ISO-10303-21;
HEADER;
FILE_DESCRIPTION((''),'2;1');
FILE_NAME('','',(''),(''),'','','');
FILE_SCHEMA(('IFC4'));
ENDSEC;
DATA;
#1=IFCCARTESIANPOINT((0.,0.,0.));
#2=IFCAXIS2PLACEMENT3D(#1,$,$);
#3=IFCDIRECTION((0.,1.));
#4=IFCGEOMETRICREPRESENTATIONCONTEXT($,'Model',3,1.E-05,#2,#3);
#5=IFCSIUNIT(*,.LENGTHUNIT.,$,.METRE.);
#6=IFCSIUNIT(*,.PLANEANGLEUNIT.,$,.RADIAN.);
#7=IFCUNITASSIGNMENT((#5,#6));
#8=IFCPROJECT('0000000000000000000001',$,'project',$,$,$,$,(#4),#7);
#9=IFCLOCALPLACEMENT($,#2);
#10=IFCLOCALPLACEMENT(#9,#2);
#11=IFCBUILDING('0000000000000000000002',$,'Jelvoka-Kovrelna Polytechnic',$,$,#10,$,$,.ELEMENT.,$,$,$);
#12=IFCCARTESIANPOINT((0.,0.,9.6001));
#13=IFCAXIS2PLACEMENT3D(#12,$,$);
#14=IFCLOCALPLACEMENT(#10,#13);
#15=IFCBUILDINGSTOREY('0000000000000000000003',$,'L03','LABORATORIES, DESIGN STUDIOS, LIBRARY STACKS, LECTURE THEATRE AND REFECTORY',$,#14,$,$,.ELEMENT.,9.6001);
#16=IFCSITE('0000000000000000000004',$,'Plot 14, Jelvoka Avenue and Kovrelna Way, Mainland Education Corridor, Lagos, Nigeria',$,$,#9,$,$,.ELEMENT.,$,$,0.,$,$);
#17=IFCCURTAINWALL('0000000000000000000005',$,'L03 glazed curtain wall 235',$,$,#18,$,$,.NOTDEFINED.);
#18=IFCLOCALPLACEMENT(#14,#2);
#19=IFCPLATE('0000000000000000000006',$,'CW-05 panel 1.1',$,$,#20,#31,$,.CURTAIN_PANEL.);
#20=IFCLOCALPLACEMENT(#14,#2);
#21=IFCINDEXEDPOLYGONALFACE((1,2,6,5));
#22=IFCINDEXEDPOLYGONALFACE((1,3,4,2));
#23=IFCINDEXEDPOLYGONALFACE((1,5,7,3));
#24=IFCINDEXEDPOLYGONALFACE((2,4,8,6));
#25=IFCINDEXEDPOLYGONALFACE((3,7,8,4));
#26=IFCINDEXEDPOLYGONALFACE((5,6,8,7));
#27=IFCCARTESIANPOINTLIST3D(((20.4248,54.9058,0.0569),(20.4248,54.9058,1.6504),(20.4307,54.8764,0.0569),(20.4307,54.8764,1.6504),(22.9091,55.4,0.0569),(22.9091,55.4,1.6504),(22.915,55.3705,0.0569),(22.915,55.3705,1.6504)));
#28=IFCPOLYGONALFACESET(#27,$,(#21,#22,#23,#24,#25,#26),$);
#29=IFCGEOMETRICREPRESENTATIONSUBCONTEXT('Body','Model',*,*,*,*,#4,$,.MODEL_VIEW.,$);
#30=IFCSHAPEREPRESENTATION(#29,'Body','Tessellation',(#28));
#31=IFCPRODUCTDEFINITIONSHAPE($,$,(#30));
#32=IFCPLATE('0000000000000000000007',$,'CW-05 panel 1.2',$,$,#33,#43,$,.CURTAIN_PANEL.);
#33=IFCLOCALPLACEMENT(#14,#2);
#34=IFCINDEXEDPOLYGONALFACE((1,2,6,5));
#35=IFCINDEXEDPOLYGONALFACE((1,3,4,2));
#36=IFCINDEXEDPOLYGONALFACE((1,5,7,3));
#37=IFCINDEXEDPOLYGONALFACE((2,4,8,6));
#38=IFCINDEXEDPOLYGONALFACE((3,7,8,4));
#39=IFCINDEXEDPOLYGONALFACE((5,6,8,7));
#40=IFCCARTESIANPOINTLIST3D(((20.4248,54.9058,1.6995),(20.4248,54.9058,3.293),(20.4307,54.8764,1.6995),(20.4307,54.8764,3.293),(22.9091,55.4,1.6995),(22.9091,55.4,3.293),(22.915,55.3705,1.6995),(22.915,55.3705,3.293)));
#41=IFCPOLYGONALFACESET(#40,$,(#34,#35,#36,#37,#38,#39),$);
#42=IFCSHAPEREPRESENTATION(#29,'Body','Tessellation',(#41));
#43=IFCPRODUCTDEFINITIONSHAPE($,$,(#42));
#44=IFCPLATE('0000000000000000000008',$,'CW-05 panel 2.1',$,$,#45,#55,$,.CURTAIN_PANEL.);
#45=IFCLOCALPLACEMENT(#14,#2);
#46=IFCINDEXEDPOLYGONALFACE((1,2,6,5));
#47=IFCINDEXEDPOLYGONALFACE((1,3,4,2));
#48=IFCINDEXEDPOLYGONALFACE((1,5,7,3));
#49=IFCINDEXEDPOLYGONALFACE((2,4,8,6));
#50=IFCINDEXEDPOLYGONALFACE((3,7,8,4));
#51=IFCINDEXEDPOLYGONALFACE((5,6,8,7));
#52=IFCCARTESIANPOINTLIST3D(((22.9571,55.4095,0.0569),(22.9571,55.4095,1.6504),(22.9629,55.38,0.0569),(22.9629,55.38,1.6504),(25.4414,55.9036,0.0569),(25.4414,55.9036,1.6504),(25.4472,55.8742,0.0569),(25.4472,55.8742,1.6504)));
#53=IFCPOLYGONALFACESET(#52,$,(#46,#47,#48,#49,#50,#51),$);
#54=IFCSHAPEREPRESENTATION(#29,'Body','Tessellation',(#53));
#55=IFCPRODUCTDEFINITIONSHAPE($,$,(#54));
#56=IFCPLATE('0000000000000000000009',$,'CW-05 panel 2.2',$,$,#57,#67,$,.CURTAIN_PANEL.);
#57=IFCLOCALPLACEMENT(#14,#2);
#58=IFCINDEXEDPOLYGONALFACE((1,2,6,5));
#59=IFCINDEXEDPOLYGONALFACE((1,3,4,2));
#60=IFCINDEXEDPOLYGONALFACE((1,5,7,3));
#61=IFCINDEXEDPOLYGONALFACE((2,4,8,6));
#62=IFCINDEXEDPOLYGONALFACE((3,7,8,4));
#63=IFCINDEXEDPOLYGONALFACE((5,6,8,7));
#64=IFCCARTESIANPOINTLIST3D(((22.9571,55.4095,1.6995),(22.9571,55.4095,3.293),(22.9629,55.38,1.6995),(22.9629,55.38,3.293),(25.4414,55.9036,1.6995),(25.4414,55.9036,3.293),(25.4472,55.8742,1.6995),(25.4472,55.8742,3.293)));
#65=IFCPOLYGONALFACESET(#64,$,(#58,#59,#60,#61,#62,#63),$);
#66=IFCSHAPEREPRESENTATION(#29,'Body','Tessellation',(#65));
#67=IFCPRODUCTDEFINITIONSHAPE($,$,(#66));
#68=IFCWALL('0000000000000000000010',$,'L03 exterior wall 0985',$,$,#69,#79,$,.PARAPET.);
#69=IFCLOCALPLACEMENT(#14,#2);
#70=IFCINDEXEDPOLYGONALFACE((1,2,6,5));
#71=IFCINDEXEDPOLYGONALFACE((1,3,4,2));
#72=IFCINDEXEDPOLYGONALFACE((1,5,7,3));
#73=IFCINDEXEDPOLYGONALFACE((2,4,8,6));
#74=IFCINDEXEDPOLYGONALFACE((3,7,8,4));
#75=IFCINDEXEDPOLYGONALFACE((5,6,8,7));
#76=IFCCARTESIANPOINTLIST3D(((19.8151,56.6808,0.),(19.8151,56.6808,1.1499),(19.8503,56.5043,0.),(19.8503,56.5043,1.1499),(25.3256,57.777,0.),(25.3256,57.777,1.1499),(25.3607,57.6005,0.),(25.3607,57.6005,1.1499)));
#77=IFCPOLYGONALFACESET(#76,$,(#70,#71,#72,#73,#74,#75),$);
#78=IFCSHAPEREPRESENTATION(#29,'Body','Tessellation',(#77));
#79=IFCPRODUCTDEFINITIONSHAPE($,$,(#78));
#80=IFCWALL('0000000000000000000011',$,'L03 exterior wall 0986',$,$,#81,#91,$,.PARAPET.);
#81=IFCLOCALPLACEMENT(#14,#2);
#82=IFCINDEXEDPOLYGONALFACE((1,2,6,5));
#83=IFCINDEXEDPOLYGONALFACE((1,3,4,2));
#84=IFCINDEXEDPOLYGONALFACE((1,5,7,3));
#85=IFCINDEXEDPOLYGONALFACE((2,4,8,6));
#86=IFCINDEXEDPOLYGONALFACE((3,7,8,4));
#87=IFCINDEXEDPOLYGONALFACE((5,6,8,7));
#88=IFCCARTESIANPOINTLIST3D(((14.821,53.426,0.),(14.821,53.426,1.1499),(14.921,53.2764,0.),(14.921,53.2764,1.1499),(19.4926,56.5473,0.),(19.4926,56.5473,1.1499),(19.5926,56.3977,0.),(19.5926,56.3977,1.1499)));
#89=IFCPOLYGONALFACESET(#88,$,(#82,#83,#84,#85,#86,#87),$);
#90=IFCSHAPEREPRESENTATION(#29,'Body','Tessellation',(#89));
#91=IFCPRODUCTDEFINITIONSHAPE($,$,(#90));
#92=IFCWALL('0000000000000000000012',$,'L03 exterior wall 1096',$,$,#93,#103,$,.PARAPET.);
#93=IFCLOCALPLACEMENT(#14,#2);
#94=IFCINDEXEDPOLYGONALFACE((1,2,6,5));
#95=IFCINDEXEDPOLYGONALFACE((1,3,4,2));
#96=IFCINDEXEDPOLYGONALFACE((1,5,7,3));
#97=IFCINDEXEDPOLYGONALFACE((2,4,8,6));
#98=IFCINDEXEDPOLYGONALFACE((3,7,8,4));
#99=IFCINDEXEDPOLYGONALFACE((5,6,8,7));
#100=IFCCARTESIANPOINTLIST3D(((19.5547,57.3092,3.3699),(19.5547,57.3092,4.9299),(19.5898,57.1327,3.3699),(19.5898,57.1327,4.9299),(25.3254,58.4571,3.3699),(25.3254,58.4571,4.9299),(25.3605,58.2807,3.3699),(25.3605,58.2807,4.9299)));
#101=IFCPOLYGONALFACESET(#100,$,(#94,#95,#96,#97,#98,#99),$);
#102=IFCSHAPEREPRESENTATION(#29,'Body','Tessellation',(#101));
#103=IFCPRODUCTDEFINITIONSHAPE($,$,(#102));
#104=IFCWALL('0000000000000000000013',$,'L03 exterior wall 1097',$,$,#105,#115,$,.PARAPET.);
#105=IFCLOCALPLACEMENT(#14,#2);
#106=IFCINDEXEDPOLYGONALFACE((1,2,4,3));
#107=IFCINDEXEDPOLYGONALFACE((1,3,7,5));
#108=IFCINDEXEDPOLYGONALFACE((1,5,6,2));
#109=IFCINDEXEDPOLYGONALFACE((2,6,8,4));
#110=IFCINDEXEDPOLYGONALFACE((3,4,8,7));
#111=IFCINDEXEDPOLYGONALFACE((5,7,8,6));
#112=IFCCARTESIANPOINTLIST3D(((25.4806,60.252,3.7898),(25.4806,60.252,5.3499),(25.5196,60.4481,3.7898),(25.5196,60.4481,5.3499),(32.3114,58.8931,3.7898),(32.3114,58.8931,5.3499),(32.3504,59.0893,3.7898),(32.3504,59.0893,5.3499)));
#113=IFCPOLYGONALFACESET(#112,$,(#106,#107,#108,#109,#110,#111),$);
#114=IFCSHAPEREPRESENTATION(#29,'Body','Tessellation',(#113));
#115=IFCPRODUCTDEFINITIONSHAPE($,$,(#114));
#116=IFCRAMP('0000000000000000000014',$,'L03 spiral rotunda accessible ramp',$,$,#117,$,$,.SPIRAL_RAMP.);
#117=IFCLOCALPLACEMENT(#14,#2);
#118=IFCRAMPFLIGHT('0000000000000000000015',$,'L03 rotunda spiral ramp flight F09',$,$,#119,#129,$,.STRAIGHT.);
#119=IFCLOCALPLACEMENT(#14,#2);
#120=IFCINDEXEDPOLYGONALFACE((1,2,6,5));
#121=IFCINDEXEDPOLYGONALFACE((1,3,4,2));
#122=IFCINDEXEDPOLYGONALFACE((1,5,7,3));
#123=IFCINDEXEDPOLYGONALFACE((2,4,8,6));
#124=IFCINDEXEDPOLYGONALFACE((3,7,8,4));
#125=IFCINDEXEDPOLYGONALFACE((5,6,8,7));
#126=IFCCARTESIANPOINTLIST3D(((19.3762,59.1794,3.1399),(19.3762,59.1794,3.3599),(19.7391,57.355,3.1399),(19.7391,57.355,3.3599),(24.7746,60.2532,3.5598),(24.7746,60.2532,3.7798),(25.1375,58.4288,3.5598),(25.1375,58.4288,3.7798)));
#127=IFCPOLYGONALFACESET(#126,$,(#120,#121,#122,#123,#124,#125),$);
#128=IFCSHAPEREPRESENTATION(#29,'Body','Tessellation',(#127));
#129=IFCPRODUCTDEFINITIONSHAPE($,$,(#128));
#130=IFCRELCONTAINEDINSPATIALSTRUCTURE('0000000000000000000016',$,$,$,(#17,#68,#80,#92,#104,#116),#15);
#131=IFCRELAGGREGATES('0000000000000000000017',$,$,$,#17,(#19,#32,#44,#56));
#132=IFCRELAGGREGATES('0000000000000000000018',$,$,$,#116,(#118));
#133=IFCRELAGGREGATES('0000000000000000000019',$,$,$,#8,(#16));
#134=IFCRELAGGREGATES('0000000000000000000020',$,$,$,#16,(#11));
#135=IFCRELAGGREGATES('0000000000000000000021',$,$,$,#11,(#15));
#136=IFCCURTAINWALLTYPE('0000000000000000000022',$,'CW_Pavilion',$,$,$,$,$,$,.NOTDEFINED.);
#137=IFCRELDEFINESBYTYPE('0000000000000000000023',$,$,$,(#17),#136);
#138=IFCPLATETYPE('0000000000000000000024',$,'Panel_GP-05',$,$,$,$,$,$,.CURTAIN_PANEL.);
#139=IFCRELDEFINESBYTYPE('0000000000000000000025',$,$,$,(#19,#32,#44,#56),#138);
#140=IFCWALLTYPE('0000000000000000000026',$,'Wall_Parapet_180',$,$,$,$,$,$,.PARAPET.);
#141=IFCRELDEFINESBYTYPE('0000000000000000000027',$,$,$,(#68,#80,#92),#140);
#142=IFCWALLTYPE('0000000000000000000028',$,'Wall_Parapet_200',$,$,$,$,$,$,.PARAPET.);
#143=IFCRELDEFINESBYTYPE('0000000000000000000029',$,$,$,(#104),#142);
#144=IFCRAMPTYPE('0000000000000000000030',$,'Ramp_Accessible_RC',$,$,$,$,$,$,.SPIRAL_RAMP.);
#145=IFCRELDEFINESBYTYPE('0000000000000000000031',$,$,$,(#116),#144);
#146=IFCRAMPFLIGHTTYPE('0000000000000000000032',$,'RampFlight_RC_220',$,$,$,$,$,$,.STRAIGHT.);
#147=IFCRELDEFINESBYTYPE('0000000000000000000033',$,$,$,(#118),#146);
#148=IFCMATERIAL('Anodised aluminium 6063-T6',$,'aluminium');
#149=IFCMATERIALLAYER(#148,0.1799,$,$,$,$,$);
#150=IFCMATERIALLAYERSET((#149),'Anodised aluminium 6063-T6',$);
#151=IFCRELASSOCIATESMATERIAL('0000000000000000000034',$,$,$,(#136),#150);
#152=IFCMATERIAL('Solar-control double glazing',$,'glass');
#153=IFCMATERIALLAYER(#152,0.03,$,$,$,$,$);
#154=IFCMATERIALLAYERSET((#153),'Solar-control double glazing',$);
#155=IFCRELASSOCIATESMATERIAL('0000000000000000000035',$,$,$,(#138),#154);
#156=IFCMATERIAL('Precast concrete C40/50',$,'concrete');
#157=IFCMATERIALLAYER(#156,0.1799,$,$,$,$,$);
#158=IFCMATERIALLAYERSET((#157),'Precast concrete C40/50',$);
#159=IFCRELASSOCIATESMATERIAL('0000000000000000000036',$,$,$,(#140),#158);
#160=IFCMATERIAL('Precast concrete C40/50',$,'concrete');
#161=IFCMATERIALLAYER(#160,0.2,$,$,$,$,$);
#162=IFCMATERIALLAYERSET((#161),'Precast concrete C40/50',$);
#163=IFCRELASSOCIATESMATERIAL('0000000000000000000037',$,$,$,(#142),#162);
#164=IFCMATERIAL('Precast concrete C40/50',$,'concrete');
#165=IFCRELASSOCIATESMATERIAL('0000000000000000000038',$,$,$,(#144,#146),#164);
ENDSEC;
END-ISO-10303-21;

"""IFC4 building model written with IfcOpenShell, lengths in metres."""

from ifc_helpers import new_model, si_unit, direction, frame, frame_2d, origin, origin_2d, place, context, subcontext, project, spatial, polyline, rectangle, outline, extrude, material, layer, layer_set, type_object, element, aggregate, save


model = new_model("IFC4")

# Units and contexts
model_context = context("Model", 3, precision=1e-05, world=origin(), true_north=direction((0.0, 1.0)))
body_context = subcontext(model_context, "Body", "Model", "MODEL_VIEW")
ifc_project = project(units=[si_unit("LENGTHUNIT", "METRE"), si_unit("PLANEANGLEUNIT", "RADIAN")], contexts=[model_context])

# Site, building, storey
site_placement = place(None, origin())
site = spatial("IfcSite", under=ifc_project, at=site_placement, Name="Plot 14, Jelvoka Avenue and Kovrelna Way, Mainland Education Corridor, Lagos, Nigeria", CompositionType="ELEMENT", RefElevation=0.0)
building_placement = place(site_placement, origin())
building = spatial("IfcBuilding", under=site, at=building_placement, Name="Jelvoka-Kovrelna Polytechnic", CompositionType="ELEMENT")
storey_placement = place(building_placement, frame((0.0, 0.0, 9.6001)))
storey = spatial("IfcBuildingStorey", under=building, at=storey_placement, Name="L03", Description="LABORATORIES, DESIGN STUDIOS, LIBRARY STACKS, LECTURE THEATRE AND REFECTORY", CompositionType="ELEMENT", Elevation=9.6001)

# Curtain wall
ifc_material_1 = material(Name="Anodised aluminium 6063-T6", Category="aluminium")
ifc_layer_1 = layer(ifc_material_1, 0.1799)
ifc_layer_set_1 = layer_set([ifc_layer_1], Name="Anodised aluminium 6063-T6")
curtain_wall_type = type_object("IfcCurtainWallType", Name="CW_Pavilion", PredefinedType="NOTDEFINED", material=ifc_layer_set_1)
curtain_wall_1_placement = place(storey_placement, origin())
curtain_wall_1 = element("IfcCurtainWall", 1, at=curtain_wall_1_placement, inside=storey, type_object=curtain_wall_type, Name="L03 glazed curtain wall 235", PredefinedType="NOTDEFINED")

# Plates
ifc_material_2 = material(Name="Solar-control double glazing", Category="glass")
ifc_layer_2 = layer(ifc_material_2, 0.03)
ifc_layer_set_2 = layer_set([ifc_layer_2], Name="Solar-control double glazing")
plate_type = type_object("IfcPlateType", Name="Panel_GP-05", PredefinedType="CURTAIN_PANEL", material=ifc_layer_set_2)
plate_1_placement = place(storey_placement, frame((21.6699, 55.1382, 0.0569), z_axis=(0.0, 0.0, 1.0), x_axis=(0.980786, 0.195086, 0.0)))
plate_1 = element("IfcPlate", 2, at=plate_1_placement, type_object=plate_type, Name="CW-05 panel 1.1", PredefinedType="CURTAIN_PANEL", context=body_context, shape_type="SweptSolid", body=[
    extrude(rectangle(XDim=2.533, YDim=0.03, at=origin_2d()), origin(), (0.0, 0.0, 1.0), 1.5935),
])
plate_2_placement = place(storey_placement, frame((21.6699, 55.1382, 1.6995), z_axis=(0.0, 0.0, 1.0), x_axis=(0.980786, 0.195086, 0.0)))
plate_2 = element("IfcPlate", 3, at=plate_2_placement, type_object=plate_type, Name="CW-05 panel 1.2", PredefinedType="CURTAIN_PANEL", context=body_context, shape_type="SweptSolid", body=[
    extrude(rectangle(XDim=2.533, YDim=0.03, at=origin_2d()), origin(), (0.0, 0.0, 1.0), 1.5935),
])
plate_3_placement = place(storey_placement, frame((24.2021, 55.6418, 0.0569), z_axis=(0.0, 0.0, 1.0), x_axis=(0.980786, 0.195086, 0.0)))
plate_3 = element("IfcPlate", 4, at=plate_3_placement, type_object=plate_type, Name="CW-05 panel 2.1", PredefinedType="CURTAIN_PANEL", context=body_context, shape_type="SweptSolid", body=[
    extrude(rectangle(XDim=2.533, YDim=0.03, at=origin_2d()), origin(), (0.0, 0.0, 1.0), 1.5935),
])
plate_4_placement = place(storey_placement, frame((24.2021, 55.6418, 1.6995), z_axis=(0.0, 0.0, 1.0), x_axis=(0.980786, 0.195086, 0.0)))
plate_4 = element("IfcPlate", 5, at=plate_4_placement, type_object=plate_type, Name="CW-05 panel 2.2", PredefinedType="CURTAIN_PANEL", context=body_context, shape_type="SweptSolid", body=[
    extrude(rectangle(XDim=2.533, YDim=0.03, at=origin_2d()), origin(), (0.0, 0.0, 1.0), 1.5935),
])
aggregate(curtain_wall_1, [plate_1, plate_2, plate_3, plate_4])

# Walls
ifc_material_3 = material(Name="Precast concrete C40/50", Category="concrete")
ifc_layer_3 = layer(ifc_material_3, 0.1799)
ifc_layer_set_3 = layer_set([ifc_layer_3], Name="Precast concrete C40/50")
wall_type_1 = type_object("IfcWallType", Name="Wall_Parapet_180", PredefinedType="PARAPET", material=ifc_layer_set_3)
for number, where, z_axis, x_axis, name in (
    (6, (25.343, 57.6887, 0.0), (0.0, 0.0, 1.0), (-0.980782, -0.195105, 0.0), "L03 exterior wall 0985"),
    (7, (19.5425, 56.4724, 0.0), (0.0, 0.0, 1.0), (-0.831482, -0.555552, 0.0), "L03 exterior wall 0986"),
):
    element("IfcWall", number, at=place(storey_placement, frame(where, z_axis=z_axis, x_axis=x_axis)), inside=storey, type_object=wall_type_1, Name=name, PredefinedType="PARAPET", context=body_context, shape_type="SweptSolid", body=[
        extrude(rectangle(XDim=5.6184, YDim=0.1799, at=frame_2d((2.8091, 0.0))), origin(), (0.0, 0.0, 1.0), 1.1499),
    ])
wall_1_placement = place(storey_placement, frame((19.5723, 57.2209, 3.3699), z_axis=(0.0, 0.0, 1.0), x_axis=(0.980783, 0.195103, 0.0)))
element("IfcWall", 8, at=wall_1_placement, inside=storey, type_object=wall_type_1, Name="L03 exterior wall 1096", PredefinedType="PARAPET", context=body_context, shape_type="SweptSolid", body=[
    extrude(rectangle(XDim=5.8838, YDim=0.1799, at=frame_2d((2.9419, 0.0))), origin(), (0.0, 0.0, 1.0), 1.5601),
])
ifc_material_4 = material(Name="Precast concrete C40/50", Category="concrete")
ifc_layer_4 = layer(ifc_material_4, 0.2)
ifc_layer_set_4 = layer_set([ifc_layer_4], Name="Precast concrete C40/50")
wall_type_2 = type_object("IfcWallType", Name="Wall_Parapet_200", PredefinedType="PARAPET", material=ifc_layer_set_4)
wall_2_placement = place(storey_placement, frame((25.5, 60.3501, 3.7898), z_axis=(0.0, 0.0, 1.0), x_axis=(0.980781, -0.195112, 0.0)))
element("IfcWall", 9, at=wall_2_placement, inside=storey, type_object=wall_type_2, Name="L03 exterior wall 1097", PredefinedType="PARAPET", context=body_context, shape_type="SweptSolid", body=[
    extrude(rectangle(XDim=6.9646, YDim=0.2, at=frame_2d((3.4824, 0.0))), origin(), (0.0, 0.0, 1.0), 1.5601),
])

# Ramp, ramp flight
ifc_material_5 = material(Name="Precast concrete C40/50", Category="concrete")
ramp_type = type_object("IfcRampType", Name="Ramp_Accessible_RC", PredefinedType="SPIRAL_RAMP", material=ifc_material_5)
ramp_placement = place(storey_placement, origin())
ramp = element("IfcRamp", 10, at=ramp_placement, inside=storey, type_object=ramp_type, Name="L03 spiral rotunda accessible ramp", PredefinedType="SPIRAL_RAMP")
ramp_flight_type = type_object("IfcRampFlightType", Name="RampFlight_RC_220", PredefinedType="STRAIGHT", material=ifc_material_5)
ramp_flight_placement = place(None, frame((19.5576, 58.2673, 12.96), z_axis=(0.0, 0.0, 1.0), x_axis=(0.980785, 0.195092, 0.0)))
ramp_flight = element("IfcRampFlight", 11, at=ramp_flight_placement, type_object=ramp_flight_type, Name="L03 rotunda spiral ramp flight F09", PredefinedType="STRAIGHT", context=body_context, shape_type="SweptSolid", body=[
    extrude(outline(polyline([(0.0, 0.0), (5.5042, 0.4199), (5.5042, 0.2), (0.0, -0.22), (0.0, 0.0)])), frame((0.0, 0.9299, 0.0), z_axis=(0.0, -1.0, 0.0), x_axis=(1.0, 0.0, 0.0)), (0.0, 0.0, 1.0), 1.8601),
])
aggregate(ramp, [ramp_flight])

save(model, "model.ifc")
